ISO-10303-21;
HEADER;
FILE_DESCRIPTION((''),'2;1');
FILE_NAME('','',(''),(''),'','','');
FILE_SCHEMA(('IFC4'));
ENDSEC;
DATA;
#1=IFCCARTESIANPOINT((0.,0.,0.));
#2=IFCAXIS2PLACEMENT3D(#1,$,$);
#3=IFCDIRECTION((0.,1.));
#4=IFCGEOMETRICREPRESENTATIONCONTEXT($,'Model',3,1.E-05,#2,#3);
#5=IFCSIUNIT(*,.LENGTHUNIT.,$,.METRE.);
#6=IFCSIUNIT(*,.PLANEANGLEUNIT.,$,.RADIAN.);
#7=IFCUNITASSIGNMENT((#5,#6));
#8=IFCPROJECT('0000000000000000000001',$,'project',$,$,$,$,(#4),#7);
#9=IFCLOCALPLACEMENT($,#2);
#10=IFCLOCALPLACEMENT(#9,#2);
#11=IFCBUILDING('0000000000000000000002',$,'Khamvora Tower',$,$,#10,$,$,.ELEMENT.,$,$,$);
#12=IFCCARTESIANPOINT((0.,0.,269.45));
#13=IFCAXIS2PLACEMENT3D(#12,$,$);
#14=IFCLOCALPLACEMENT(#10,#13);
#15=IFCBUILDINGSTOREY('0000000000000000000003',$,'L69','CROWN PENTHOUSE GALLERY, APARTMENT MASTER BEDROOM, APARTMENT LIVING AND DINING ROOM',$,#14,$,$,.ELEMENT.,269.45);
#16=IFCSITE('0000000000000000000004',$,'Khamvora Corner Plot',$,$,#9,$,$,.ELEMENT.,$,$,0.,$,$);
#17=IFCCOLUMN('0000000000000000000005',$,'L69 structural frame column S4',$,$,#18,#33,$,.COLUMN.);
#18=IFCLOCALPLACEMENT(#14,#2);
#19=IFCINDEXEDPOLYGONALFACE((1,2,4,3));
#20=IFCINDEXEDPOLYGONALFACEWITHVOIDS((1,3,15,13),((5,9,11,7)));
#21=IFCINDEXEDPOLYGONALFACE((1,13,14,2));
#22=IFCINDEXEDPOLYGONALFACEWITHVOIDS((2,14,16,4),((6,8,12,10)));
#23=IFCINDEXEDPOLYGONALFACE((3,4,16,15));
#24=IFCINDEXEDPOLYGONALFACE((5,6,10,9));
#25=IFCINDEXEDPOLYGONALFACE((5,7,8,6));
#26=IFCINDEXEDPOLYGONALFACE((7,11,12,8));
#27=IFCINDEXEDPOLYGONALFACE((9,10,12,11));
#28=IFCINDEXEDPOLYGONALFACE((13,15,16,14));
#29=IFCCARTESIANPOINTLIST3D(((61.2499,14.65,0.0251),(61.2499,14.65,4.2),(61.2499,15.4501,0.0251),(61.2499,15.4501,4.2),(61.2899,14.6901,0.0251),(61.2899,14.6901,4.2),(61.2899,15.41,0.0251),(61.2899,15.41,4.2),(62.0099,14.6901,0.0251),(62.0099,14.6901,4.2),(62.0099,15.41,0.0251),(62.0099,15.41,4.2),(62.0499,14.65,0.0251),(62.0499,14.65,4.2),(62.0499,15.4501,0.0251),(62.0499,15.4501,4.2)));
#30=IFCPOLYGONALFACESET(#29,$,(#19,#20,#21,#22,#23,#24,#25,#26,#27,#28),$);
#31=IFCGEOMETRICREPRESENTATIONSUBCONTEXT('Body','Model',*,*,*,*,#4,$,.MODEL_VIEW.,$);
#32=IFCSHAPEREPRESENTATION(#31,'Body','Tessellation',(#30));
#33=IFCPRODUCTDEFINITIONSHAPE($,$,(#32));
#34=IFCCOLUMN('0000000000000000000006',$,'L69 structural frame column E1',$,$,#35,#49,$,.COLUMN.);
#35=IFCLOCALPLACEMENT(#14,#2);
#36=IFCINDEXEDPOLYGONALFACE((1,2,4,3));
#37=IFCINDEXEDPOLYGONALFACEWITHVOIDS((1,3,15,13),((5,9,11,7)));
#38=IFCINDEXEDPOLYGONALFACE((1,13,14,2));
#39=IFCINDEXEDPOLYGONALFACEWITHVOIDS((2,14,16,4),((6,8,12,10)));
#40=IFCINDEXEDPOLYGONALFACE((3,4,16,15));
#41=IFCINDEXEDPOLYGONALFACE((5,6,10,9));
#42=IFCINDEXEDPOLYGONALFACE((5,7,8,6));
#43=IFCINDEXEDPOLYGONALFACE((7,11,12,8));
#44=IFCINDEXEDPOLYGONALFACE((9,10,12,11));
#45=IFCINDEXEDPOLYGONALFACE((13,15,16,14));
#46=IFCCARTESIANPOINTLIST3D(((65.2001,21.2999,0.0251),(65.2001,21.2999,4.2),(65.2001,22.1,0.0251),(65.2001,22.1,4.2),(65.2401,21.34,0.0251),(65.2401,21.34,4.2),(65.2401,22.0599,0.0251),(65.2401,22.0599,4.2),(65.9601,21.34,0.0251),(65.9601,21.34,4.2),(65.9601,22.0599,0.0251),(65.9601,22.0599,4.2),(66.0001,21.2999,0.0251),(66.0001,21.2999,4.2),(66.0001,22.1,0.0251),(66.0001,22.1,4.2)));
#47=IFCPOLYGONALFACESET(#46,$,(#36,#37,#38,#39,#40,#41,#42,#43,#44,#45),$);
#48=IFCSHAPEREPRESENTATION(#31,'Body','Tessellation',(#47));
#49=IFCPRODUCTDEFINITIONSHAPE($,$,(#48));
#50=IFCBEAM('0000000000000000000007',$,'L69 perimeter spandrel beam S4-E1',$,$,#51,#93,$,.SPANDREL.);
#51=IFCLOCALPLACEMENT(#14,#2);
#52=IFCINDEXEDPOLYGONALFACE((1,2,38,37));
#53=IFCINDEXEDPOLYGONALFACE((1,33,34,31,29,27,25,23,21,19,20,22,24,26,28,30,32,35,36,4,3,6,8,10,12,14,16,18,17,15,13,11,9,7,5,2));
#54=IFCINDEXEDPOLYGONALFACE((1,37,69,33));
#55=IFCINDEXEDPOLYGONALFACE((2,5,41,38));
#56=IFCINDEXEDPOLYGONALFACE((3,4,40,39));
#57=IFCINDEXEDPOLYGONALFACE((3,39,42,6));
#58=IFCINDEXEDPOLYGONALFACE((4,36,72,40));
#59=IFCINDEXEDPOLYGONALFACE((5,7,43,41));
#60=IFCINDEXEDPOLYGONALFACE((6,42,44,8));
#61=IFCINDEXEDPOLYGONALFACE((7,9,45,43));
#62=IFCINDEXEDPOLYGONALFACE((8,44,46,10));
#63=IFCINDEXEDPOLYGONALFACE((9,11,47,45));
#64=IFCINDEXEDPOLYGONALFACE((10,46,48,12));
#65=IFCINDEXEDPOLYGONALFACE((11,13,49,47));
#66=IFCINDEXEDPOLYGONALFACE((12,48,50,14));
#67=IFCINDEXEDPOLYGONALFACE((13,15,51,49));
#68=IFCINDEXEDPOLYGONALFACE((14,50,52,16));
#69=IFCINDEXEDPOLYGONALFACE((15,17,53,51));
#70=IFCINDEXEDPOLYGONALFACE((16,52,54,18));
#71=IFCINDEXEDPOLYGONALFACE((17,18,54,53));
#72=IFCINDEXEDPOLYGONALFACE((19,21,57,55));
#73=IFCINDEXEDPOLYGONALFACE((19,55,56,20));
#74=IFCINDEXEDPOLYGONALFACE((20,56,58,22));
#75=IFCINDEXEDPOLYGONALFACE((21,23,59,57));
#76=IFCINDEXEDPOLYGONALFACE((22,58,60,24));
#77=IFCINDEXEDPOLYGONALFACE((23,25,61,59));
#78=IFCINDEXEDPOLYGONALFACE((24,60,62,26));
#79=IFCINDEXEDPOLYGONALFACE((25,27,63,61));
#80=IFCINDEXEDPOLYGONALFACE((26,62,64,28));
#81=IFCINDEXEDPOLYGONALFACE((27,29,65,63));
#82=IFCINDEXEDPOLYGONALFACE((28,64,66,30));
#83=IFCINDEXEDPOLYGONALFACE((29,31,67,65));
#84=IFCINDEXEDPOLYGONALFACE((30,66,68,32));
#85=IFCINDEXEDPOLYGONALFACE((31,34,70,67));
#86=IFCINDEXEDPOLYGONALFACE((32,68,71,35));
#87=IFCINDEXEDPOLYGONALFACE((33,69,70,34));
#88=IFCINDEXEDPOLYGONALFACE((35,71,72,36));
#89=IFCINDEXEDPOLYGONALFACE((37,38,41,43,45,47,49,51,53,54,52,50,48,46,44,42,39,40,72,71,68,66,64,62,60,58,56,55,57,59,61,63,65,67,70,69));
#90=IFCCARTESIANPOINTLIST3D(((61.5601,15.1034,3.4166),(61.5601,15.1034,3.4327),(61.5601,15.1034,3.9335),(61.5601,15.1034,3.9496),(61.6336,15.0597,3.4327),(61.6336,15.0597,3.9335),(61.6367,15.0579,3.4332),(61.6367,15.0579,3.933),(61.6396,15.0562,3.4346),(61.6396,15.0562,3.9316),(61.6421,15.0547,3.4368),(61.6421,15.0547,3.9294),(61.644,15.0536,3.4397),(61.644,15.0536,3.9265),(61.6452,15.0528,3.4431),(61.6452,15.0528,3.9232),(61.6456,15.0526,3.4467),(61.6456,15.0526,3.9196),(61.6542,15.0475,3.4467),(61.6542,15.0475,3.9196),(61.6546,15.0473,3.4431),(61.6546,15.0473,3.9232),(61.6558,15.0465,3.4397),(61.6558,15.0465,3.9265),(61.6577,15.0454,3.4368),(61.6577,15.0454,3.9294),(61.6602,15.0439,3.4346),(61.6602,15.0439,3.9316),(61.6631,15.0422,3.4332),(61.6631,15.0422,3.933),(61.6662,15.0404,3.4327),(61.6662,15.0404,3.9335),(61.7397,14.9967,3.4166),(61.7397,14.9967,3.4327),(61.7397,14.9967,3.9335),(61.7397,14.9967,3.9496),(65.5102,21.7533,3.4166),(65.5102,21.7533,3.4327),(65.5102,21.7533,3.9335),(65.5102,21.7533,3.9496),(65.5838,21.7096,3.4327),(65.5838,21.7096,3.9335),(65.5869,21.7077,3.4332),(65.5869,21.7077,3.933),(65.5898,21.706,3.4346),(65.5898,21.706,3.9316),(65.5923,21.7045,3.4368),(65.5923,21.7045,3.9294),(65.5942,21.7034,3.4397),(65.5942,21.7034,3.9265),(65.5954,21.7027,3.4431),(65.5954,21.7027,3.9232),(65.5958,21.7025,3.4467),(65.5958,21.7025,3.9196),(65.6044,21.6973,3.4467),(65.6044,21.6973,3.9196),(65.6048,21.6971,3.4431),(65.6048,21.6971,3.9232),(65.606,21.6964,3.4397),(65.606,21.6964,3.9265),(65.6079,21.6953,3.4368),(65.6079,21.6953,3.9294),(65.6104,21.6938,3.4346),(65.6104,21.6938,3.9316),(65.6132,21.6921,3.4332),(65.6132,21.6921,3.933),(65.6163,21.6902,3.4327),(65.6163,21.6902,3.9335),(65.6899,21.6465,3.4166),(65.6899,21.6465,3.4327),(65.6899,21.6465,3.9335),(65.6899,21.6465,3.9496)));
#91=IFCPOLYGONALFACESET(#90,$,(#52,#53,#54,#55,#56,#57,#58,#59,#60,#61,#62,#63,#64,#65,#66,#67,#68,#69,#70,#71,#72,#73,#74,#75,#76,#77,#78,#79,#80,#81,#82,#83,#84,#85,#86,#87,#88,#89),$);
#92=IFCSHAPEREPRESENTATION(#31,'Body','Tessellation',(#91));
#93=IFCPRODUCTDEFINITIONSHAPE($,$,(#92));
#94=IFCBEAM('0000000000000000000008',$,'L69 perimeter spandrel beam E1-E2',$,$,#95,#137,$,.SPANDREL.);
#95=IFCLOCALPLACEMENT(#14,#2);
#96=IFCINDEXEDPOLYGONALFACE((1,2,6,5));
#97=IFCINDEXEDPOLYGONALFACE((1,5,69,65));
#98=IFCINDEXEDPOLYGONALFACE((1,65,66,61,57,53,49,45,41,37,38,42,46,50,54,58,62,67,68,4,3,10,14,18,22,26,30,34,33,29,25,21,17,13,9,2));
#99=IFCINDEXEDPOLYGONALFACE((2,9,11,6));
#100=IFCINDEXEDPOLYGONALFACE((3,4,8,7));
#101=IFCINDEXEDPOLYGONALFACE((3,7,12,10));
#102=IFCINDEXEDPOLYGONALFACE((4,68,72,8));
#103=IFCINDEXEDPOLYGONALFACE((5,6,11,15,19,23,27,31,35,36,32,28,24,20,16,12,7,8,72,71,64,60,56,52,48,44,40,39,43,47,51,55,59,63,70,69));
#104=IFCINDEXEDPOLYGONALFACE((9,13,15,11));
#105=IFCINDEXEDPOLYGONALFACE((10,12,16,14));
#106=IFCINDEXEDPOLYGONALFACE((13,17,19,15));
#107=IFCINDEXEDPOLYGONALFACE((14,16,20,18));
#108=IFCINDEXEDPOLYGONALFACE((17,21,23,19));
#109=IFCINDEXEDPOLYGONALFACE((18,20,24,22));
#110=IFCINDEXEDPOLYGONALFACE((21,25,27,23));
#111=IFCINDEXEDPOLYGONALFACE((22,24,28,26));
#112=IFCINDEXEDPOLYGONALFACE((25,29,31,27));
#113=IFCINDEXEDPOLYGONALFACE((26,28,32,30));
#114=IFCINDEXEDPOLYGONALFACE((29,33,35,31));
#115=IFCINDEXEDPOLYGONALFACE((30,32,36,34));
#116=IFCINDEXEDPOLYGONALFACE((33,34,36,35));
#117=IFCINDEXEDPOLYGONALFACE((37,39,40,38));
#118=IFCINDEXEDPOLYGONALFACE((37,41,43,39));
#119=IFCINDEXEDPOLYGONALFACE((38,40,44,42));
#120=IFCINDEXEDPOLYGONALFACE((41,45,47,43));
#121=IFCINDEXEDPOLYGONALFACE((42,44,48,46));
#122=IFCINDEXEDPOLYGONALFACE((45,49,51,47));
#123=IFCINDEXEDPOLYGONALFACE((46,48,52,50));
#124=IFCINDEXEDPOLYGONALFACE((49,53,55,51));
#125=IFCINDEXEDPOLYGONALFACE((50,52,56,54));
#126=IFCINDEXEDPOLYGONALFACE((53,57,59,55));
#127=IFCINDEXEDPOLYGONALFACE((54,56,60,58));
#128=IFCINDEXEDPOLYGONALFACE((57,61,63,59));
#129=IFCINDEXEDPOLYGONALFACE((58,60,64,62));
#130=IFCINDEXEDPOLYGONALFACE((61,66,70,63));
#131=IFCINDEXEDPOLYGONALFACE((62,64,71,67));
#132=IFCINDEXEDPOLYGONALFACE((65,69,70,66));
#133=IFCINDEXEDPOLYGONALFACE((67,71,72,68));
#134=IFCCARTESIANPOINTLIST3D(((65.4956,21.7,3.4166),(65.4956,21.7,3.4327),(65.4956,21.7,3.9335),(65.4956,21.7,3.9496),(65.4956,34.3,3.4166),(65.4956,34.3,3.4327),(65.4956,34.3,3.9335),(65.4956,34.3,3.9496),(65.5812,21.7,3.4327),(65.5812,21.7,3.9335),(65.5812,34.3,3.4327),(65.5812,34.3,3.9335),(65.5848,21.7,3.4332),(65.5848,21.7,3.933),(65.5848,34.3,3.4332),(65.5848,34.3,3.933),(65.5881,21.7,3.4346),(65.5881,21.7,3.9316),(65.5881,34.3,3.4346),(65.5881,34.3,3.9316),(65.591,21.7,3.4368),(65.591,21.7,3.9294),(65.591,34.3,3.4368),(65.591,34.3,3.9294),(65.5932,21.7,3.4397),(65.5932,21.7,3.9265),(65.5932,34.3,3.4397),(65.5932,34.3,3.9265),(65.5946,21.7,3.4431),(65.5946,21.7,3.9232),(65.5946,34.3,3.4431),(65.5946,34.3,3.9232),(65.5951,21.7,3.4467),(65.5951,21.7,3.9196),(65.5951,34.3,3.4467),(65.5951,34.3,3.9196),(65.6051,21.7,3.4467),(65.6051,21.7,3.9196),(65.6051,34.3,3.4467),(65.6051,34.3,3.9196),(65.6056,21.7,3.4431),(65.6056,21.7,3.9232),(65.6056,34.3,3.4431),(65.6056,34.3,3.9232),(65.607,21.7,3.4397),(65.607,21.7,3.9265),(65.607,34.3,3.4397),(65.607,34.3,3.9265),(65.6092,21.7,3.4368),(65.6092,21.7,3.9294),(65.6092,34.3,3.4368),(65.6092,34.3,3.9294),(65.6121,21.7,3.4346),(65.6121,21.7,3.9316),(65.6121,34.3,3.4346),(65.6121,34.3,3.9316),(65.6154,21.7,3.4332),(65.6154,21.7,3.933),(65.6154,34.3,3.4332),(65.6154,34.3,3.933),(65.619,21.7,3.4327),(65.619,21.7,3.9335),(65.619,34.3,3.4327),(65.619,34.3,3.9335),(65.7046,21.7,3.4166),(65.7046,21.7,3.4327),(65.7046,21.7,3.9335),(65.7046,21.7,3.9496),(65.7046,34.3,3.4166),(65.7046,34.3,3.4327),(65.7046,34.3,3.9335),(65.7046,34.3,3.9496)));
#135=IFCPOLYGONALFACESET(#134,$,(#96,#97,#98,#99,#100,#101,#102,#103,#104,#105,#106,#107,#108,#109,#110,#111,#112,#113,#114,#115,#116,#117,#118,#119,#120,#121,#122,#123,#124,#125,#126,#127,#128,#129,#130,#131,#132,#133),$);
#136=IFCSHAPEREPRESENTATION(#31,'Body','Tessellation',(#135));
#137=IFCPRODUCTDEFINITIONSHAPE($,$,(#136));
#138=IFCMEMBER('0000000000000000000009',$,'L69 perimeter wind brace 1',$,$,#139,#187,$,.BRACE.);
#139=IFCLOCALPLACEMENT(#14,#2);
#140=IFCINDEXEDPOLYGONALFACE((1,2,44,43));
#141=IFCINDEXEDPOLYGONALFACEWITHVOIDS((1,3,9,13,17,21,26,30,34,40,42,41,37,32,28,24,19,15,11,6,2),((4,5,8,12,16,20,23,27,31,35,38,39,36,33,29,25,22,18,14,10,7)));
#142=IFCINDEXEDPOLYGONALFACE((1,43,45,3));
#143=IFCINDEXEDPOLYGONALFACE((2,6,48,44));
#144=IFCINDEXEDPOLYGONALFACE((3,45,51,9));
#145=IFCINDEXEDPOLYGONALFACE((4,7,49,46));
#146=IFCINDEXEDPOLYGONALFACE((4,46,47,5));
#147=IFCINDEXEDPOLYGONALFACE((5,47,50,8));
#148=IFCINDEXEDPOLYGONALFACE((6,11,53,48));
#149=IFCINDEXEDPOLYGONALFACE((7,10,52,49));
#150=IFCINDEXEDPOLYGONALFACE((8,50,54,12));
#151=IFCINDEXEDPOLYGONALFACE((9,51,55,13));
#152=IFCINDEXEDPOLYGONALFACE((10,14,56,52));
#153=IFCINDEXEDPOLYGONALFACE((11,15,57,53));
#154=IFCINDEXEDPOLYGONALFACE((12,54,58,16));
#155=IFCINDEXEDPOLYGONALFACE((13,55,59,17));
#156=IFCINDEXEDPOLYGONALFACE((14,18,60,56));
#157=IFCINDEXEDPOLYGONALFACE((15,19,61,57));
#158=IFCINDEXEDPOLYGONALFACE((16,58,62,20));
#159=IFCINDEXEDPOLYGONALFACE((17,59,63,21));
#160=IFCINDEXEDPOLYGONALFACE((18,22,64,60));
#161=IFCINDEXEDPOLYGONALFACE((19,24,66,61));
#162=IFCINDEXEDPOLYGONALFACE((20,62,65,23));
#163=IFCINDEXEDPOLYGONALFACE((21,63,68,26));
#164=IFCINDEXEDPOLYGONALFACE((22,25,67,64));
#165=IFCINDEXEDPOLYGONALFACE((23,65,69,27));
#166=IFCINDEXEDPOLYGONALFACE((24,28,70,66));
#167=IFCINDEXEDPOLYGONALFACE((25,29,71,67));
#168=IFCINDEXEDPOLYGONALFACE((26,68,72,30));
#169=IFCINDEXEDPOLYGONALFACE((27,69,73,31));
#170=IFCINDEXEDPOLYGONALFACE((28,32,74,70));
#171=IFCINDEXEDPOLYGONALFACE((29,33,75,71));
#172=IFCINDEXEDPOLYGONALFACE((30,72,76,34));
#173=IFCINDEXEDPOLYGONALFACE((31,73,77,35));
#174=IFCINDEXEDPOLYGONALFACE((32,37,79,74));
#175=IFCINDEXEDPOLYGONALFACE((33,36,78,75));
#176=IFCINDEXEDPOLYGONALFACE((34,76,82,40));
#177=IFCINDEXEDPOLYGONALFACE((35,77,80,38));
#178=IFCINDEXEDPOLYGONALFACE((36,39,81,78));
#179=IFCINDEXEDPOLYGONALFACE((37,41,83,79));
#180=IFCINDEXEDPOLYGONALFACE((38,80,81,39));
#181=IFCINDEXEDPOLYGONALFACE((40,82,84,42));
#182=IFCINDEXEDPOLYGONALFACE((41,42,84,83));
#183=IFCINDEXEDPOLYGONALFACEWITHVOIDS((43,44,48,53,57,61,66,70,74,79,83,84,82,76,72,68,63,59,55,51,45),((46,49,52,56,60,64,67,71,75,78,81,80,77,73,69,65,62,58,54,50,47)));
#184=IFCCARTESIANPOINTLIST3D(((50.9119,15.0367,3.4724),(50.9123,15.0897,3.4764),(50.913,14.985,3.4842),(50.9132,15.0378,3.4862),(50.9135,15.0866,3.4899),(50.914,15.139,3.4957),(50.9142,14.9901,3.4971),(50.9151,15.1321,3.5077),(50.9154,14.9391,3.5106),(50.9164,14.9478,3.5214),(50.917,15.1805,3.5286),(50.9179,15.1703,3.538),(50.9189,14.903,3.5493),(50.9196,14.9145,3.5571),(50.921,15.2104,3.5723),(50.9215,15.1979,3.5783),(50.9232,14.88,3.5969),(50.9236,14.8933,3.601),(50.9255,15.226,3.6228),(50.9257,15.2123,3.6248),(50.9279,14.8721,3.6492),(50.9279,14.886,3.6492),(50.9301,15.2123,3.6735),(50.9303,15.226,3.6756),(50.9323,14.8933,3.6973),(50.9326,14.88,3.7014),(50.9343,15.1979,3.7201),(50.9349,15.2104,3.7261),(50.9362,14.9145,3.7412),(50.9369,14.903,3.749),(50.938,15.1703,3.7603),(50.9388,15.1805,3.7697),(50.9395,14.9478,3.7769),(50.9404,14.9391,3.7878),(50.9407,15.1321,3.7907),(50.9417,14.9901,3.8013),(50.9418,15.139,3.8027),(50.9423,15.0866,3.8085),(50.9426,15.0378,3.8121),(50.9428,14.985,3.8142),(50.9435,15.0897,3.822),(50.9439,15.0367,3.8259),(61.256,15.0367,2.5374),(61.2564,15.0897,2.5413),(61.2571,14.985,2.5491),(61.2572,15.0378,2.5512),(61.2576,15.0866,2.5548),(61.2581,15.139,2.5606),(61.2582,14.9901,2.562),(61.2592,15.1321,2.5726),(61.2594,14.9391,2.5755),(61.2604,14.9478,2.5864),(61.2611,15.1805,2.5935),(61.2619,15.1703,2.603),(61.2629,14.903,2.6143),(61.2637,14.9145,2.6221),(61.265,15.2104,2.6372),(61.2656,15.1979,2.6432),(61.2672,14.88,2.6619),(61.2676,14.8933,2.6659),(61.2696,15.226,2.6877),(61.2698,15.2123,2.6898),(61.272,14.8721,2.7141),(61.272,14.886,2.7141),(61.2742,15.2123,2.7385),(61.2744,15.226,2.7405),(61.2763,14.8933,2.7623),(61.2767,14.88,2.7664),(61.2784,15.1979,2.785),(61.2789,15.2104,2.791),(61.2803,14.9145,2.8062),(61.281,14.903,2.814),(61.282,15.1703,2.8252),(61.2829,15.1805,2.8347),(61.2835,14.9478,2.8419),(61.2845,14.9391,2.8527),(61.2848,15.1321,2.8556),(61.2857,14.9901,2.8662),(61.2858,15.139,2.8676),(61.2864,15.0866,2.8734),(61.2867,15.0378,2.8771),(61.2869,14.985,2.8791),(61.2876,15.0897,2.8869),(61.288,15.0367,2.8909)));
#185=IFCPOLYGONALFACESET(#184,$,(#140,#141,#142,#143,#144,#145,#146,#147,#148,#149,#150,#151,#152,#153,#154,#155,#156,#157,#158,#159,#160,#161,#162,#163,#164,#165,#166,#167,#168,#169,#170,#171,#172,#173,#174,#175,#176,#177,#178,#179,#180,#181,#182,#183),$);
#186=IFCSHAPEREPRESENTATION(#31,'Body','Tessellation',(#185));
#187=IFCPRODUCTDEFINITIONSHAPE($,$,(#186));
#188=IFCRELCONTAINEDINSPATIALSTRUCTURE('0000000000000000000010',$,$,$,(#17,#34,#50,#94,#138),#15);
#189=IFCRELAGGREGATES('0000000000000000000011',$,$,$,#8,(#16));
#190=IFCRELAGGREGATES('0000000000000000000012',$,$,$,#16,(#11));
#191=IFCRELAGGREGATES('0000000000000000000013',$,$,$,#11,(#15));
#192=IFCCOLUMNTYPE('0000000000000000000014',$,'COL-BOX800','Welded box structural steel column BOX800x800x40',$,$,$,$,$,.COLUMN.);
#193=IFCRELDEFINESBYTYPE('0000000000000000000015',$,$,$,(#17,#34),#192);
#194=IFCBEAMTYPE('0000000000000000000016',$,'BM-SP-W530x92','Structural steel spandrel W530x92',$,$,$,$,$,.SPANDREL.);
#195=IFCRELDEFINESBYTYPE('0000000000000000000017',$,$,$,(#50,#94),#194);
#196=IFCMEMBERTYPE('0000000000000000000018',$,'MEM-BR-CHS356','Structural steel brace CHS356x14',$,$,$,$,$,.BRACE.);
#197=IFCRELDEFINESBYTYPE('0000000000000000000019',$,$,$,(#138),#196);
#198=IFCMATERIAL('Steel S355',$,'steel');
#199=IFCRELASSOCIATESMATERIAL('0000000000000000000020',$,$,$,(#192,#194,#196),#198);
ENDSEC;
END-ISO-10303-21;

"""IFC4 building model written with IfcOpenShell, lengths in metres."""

from ifc_helpers import new_model, si_unit, direction, frame, origin, origin_2d, place, context, subcontext, project, spatial, hollow_rectangle, hollow_circle, i_section, extrude, material, material_profile, profile_set, type_object, element, save


model = new_model("IFC4")

# Units and contexts
model_context = context("Model", 3, precision=1e-05, world=origin(), true_north=direction((0.0, 1.0)))
body_context = subcontext(model_context, "Body", "Model", "MODEL_VIEW")
ifc_project = project(units=[si_unit("LENGTHUNIT", "METRE"), si_unit("PLANEANGLEUNIT", "RADIAN")], contexts=[model_context])

# Site, building, storey
site_placement = place(None, origin())
site = spatial("IfcSite", under=ifc_project, at=site_placement, Name="Khamvora Corner Plot", CompositionType="ELEMENT", RefElevation=0.0)
building_placement = place(site_placement, origin())
building = spatial("IfcBuilding", under=site, at=building_placement, Name="Khamvora Tower", CompositionType="ELEMENT")
storey_placement = place(building_placement, frame((0.0, 0.0, 269.45)))
storey = spatial("IfcBuildingStorey", under=building, at=storey_placement, Name="L69", Description="CROWN PENTHOUSE GALLERY, APARTMENT MASTER BEDROOM, APARTMENT LIVING AND DINING ROOM", CompositionType="ELEMENT", Elevation=269.45)

# Columns
ifc_material_1 = material(Name="Steel S355", Category="steel")
ifc_material_profile_1 = material_profile(ifc_material_1, hollow_rectangle(XDim=0.8, YDim=0.8, WallThickness=0.04, at=origin_2d()), Name="BOX800x800x40")
ifc_profile_set_1 = profile_set([ifc_material_profile_1], Name="Steel S355")
column_type = type_object("IfcColumnType", Name="COL-BOX800", Description="Welded box structural steel column BOX800x800x40", PredefinedType="COLUMN", material=ifc_profile_set_1)
for number, where, z_axis, x_axis, name in (
    (1, (61.6499, 15.05, 0.0251), (0.0, 0.0, 1.0), (1.0, 0.0, 0.0), "L69 structural frame column S4"),
    (2, (65.6001, 21.7, 0.0251), (0.0, 0.0, 1.0), (1.0, 0.0, 0.0), "L69 structural frame column E1"),
):
    element("IfcColumn", number, at=place(storey_placement, frame(where, z_axis=z_axis, x_axis=x_axis)), inside=storey, type_object=column_type, Name=name, PredefinedType="COLUMN", context=body_context, shape_type="SweptSolid", body=[
        extrude(hollow_rectangle(XDim=0.8, YDim=0.8, WallThickness=0.04, at=origin_2d()), origin(), (0.0, 0.0, 1.0), 4.1748),
    ])

# Beams
ifc_material_profile_2 = material_profile(ifc_material_1, i_section(OverallWidth=0.209, OverallDepth=0.533, WebThickness=0.01, FlangeThickness=0.0161, FilletRadius=0.0139, at=origin_2d()), Name="W530x92")
ifc_profile_set_2 = profile_set([ifc_material_profile_2], Name="Steel S355")
beam_type = type_object("IfcBeamType", Name="BM-SP-W530x92", Description="Structural steel spandrel W530x92", PredefinedType="SPANDREL", material=ifc_profile_set_2)
beam_1_placement = place(storey_placement, frame((61.6499, 15.05, 3.6831), z_axis=(0.510712, 0.859752, 0.0), x_axis=(-0.859752, 0.510712, 0.0)))
element("IfcBeam", 3, at=beam_1_placement, inside=storey, type_object=beam_type, Name="L69 perimeter spandrel beam S4-E1", PredefinedType="SPANDREL", context=body_context, shape_type="SweptSolid", body=[
    extrude(i_section(OverallWidth=0.209, OverallDepth=0.533, WebThickness=0.01, FlangeThickness=0.0161, FilletRadius=0.0139, at=origin_2d()), origin(), (0.0, 0.0, 1.0), 7.7346),
])
beam_2_placement = place(storey_placement, frame((65.6001, 21.7, 3.6831), z_axis=(0.0, 1.0, 0.0), x_axis=(-1.0, 0.0, 0.0)))
element("IfcBeam", 4, at=beam_2_placement, inside=storey, type_object=beam_type, Name="L69 perimeter spandrel beam E1-E2", PredefinedType="SPANDREL", context=body_context, shape_type="SweptSolid", body=[
    extrude(i_section(OverallWidth=0.209, OverallDepth=0.533, WebThickness=0.01, FlangeThickness=0.0161, FilletRadius=0.0139, at=origin_2d()), origin(), (0.0, 0.0, 1.0), 12.6001),
])

# Member
ifc_material_profile_3 = material_profile(ifc_material_1, hollow_circle(Radius=0.178, WallThickness=0.0139, at=origin_2d()), Name="CHS356x14")
ifc_profile_set_3 = profile_set([ifc_material_profile_3], Name="Steel S355")
member_type = type_object("IfcMemberType", Name="MEM-BR-CHS356", Description="Structural steel brace CHS356x14", PredefinedType="BRACE", material=ifc_profile_set_3)
member_placement = place(storey_placement, frame((61.272, 15.05, 2.7141), z_axis=(-0.995939, 0.0, 0.090029), x_axis=(0.0, -1.0, 0.0)))
element("IfcMember", 5, at=member_placement, inside=storey, type_object=member_type, Name="L69 perimeter wind brace 1", PredefinedType="BRACE", context=body_context, shape_type="SweptSolid", body=[
    extrude(hollow_circle(Radius=0.178, WallThickness=0.0139, at=origin_2d()), origin(), (0.0, 0.0, 1.0), 10.3862),
])

save(model, "model.ifc")
